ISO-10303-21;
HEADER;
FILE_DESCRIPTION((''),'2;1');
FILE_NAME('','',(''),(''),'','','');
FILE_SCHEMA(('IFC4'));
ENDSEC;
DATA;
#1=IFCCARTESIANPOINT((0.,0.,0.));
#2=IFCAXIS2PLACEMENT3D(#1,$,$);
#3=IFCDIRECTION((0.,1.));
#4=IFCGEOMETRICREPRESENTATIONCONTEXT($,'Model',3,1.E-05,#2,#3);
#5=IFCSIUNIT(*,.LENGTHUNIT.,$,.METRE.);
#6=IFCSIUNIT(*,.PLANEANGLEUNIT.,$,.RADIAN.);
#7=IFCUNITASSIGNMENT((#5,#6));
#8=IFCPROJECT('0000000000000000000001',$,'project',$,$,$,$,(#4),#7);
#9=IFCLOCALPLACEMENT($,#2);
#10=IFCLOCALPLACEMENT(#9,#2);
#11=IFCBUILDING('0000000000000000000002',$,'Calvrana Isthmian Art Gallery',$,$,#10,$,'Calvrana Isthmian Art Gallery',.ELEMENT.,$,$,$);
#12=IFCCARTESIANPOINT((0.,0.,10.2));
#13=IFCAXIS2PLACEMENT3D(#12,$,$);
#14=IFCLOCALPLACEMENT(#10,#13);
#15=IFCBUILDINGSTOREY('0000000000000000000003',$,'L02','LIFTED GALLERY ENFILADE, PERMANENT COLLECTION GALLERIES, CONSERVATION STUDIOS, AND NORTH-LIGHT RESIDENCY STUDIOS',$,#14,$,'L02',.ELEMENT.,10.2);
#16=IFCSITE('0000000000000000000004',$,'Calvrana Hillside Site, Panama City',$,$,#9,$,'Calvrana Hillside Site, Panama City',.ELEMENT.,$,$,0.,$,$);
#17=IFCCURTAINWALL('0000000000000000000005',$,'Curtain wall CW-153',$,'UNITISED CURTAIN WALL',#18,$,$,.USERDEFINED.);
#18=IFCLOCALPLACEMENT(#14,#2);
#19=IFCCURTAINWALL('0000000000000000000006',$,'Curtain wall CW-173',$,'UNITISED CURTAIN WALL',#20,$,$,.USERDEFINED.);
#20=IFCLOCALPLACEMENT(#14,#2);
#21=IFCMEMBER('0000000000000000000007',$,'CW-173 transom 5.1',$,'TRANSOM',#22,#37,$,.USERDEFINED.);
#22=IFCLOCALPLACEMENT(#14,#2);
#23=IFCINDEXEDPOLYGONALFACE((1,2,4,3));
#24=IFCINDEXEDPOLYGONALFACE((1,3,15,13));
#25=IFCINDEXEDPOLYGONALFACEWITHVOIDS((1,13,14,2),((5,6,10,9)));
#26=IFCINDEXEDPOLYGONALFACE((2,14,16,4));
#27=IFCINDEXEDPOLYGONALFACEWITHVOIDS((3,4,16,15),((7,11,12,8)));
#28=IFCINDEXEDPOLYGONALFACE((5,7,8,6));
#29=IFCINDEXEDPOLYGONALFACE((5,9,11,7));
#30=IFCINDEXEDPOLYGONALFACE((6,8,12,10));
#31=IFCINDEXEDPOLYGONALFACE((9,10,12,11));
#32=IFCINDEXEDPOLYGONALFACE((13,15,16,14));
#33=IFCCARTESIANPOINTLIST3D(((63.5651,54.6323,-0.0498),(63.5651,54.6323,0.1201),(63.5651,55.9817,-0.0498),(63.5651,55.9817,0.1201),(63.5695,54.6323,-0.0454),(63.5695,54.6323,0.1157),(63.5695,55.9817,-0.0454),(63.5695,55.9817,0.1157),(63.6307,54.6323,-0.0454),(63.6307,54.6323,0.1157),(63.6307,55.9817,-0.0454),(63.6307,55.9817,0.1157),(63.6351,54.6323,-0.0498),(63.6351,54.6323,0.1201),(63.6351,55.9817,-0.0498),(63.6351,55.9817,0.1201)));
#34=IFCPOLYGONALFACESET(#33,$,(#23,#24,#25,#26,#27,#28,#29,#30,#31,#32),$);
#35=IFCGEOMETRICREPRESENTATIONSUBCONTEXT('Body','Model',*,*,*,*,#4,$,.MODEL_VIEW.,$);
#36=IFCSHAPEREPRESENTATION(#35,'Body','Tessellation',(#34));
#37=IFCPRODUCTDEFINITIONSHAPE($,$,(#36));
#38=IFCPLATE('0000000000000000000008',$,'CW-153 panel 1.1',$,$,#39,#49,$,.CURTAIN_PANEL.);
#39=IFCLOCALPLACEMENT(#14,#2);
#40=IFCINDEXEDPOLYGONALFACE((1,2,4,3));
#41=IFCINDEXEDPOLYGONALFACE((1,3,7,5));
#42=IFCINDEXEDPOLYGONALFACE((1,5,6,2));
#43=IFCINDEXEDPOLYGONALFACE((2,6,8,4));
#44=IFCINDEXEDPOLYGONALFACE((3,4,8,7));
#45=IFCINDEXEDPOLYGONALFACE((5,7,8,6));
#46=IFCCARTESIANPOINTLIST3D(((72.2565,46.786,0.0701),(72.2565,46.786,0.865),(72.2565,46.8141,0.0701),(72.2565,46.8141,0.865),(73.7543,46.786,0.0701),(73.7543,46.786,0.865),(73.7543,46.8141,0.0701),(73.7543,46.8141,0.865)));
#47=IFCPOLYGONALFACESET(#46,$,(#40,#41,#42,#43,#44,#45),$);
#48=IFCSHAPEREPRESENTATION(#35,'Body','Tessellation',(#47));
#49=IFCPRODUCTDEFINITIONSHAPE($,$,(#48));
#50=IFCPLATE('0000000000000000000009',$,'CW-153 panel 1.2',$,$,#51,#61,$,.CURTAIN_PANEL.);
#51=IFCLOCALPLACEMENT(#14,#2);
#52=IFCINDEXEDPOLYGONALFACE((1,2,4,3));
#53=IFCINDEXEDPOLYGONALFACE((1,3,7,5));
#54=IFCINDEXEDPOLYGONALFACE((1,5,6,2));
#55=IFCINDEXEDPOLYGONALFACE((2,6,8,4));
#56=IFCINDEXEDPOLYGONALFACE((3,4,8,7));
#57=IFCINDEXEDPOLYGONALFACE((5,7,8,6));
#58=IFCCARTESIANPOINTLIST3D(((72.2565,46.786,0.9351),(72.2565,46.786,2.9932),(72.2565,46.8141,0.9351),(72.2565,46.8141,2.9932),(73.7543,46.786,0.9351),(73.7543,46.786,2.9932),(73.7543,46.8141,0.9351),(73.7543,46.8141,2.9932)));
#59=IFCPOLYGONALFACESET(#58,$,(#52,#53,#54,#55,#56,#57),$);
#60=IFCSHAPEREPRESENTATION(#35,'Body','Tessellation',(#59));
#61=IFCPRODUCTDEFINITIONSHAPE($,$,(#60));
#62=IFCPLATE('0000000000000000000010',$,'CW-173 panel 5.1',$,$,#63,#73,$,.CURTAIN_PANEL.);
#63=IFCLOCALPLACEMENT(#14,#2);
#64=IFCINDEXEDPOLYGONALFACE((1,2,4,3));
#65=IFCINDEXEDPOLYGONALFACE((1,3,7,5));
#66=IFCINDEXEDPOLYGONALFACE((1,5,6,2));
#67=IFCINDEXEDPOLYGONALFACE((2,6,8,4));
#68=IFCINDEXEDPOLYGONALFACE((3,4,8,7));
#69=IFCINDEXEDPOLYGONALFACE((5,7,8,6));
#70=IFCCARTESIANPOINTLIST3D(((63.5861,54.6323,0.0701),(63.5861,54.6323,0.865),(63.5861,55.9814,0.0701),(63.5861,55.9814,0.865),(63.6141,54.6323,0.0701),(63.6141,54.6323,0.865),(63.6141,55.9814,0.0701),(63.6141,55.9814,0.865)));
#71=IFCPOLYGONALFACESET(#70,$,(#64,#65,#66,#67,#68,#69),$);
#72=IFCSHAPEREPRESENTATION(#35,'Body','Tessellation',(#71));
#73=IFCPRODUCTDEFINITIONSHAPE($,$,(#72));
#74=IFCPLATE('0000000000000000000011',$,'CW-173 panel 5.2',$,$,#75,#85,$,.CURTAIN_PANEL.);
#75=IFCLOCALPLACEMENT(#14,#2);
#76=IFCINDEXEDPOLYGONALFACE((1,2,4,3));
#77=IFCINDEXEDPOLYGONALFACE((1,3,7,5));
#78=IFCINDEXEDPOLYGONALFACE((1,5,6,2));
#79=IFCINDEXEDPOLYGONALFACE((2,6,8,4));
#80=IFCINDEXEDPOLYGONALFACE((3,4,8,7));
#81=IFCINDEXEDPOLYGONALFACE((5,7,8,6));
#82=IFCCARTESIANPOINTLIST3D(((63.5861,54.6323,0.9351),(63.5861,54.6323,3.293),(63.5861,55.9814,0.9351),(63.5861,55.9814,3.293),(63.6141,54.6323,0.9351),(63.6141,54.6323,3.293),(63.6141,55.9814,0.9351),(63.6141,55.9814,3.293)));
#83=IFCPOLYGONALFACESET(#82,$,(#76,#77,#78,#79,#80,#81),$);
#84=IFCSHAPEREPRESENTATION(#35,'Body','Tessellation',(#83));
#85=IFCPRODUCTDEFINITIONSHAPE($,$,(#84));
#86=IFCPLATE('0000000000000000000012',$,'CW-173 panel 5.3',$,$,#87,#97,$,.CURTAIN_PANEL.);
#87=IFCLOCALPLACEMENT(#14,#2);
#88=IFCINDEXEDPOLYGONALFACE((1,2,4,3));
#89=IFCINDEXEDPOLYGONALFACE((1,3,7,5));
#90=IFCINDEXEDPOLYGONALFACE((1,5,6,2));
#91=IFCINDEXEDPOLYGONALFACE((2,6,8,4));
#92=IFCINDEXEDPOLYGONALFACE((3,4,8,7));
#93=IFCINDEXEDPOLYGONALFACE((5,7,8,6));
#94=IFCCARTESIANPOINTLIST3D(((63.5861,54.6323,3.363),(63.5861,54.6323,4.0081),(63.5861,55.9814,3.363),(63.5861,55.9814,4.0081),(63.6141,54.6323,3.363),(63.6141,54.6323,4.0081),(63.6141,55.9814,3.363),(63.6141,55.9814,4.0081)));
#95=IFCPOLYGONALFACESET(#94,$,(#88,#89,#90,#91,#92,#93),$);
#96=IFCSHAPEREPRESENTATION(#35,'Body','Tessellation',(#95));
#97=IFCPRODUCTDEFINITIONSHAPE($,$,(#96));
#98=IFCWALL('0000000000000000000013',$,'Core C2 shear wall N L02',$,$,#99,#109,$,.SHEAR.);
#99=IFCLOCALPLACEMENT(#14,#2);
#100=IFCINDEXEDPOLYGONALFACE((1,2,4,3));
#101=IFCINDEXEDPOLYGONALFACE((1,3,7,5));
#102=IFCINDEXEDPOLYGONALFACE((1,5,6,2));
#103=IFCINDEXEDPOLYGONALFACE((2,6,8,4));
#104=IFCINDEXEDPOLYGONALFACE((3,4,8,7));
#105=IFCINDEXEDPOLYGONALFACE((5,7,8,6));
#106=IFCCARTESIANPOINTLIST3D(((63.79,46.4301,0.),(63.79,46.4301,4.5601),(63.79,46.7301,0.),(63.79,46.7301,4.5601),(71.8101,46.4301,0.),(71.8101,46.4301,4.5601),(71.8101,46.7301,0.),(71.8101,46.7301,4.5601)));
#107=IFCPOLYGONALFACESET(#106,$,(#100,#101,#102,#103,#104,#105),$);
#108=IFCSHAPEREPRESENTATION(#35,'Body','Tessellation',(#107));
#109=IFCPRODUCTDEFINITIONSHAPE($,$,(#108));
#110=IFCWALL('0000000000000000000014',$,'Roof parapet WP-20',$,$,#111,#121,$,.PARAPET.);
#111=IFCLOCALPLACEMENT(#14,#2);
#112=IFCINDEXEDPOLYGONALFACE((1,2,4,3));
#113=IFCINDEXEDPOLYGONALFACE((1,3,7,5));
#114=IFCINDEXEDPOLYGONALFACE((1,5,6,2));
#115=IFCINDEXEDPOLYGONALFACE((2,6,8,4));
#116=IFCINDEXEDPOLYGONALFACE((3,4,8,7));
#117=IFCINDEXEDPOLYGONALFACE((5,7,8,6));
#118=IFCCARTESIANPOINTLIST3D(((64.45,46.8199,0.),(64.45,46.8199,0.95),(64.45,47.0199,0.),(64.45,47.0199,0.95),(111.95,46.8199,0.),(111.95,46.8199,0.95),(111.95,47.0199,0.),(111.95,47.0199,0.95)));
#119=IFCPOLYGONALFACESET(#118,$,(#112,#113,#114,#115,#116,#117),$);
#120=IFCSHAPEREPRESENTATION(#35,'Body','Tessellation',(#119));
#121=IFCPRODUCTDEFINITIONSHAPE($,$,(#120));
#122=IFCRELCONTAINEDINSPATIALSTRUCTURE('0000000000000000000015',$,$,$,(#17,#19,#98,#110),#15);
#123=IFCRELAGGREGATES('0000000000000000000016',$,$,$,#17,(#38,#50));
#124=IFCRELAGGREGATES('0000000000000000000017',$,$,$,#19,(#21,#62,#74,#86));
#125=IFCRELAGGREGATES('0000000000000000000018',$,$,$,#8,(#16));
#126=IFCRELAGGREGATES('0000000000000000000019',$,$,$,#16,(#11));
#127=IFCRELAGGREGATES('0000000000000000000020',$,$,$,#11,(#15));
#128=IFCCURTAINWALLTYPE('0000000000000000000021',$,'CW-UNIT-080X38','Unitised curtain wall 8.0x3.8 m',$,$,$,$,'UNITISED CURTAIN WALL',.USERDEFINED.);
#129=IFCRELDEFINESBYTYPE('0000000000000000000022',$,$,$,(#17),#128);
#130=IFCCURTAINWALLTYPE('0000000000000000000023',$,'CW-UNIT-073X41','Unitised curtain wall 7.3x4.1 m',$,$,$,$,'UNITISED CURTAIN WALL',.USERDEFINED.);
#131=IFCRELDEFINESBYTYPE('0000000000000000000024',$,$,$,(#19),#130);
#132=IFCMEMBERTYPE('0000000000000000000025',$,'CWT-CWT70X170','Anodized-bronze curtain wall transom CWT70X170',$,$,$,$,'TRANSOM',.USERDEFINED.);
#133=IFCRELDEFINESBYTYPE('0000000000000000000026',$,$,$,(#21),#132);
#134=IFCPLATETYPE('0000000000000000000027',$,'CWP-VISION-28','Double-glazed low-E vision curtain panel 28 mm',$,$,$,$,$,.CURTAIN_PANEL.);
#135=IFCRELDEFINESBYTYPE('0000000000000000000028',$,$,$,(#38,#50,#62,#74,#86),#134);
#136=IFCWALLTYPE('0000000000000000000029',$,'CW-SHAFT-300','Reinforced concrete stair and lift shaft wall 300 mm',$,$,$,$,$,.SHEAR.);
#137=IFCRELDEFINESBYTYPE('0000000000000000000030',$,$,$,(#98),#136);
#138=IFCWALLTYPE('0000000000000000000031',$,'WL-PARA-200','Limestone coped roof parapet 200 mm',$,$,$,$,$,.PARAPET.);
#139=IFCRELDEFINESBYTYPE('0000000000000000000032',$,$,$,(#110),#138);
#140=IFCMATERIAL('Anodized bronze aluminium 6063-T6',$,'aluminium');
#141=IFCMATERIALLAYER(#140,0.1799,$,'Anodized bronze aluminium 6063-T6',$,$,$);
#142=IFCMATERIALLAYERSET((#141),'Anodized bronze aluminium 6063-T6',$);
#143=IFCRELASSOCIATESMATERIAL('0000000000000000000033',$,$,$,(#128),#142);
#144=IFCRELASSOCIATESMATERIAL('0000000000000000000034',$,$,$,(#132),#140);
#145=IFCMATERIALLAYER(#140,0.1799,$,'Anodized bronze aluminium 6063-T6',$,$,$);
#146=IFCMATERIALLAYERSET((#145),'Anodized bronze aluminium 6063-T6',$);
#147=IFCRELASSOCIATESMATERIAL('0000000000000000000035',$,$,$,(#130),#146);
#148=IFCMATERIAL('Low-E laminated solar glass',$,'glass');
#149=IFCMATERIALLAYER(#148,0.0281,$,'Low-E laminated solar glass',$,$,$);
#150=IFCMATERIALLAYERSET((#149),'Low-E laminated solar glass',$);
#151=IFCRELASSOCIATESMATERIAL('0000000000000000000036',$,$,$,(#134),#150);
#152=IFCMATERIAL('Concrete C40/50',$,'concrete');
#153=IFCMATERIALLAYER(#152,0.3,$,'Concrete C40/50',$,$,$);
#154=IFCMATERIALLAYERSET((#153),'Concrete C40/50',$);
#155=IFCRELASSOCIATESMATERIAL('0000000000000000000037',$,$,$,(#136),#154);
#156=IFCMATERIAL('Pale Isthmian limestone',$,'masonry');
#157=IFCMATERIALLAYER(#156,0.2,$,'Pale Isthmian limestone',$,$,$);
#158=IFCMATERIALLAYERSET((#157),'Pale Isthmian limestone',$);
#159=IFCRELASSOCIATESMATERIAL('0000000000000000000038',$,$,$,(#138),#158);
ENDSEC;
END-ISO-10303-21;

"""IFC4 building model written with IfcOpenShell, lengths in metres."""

from ifc_helpers import new_model, si_unit, direction, frame, frame_2d, origin, origin_2d, place, context, subcontext, project, spatial, rectangle, hollow_rectangle, extrude, material, layer, layer_set, material_profile, profile_set, type_object, element, aggregate, save


model = new_model("IFC4")

# Units and contexts
model_context = context("Model", 3, precision=1e-05, world=origin(), true_north=direction((0.0, 1.0)))
body_context = subcontext(model_context, "Body", "Model", "MODEL_VIEW")
ifc_project = project(units=[si_unit("LENGTHUNIT", "METRE"), si_unit("PLANEANGLEUNIT", "RADIAN")], contexts=[model_context])

# Site, building, storey
site_placement = place(None, origin())
site = spatial("IfcSite", under=ifc_project, at=site_placement, Name="Calvrana Hillside Site, Panama City", LongName="Calvrana Hillside Site, Panama City", CompositionType="ELEMENT", RefElevation=0.0)
building_placement = place(site_placement, origin())
building = spatial("IfcBuilding", under=site, at=building_placement, Name="Calvrana Isthmian Art Gallery", LongName="Calvrana Isthmian Art Gallery", CompositionType="ELEMENT")
storey_placement = place(building_placement, frame((0.0, 0.0, 10.2)))
storey = spatial("IfcBuildingStorey", under=building, at=storey_placement, Name="L02", Description="LIFTED GALLERY ENFILADE, PERMANENT COLLECTION GALLERIES, CONSERVATION STUDIOS, AND NORTH-LIGHT RESIDENCY STUDIOS", LongName="L02", CompositionType="ELEMENT", Elevation=10.2)

# Curtain wall
ifc_material_1 = material(Name="Anodized bronze aluminium 6063-T6", Category="aluminium")
ifc_layer_1 = layer(ifc_material_1, 0.1799, Name="Anodized bronze aluminium 6063-T6")
ifc_layer_set_1 = layer_set([ifc_layer_1], Name="Anodized bronze aluminium 6063-T6")
curtain_wall_type_1 = type_object("IfcCurtainWallType", Name="CW-UNIT-080X38", Description="Unitised curtain wall 8.0x3.8 m", ElementType="UNITISED CURTAIN WALL", PredefinedType="USERDEFINED", material=ifc_layer_set_1)
curtain_wall_1_placement = place(storey_placement, origin())
curtain_wall_1 = element("IfcCurtainWall", 1, at=curtain_wall_1_placement, inside=storey, type_object=curtain_wall_type_1, Name="Curtain wall CW-153", ObjectType="UNITISED CURTAIN WALL", PredefinedType="USERDEFINED")
ifc_material_profile_1 = material_profile(ifc_material_1, hollow_rectangle(XDim=0.0701, YDim=0.1699, WallThickness=0.0044, at=origin_2d()), Name="CWT70X170")
ifc_profile_set_1 = profile_set([ifc_material_profile_1], Name="Anodized bronze aluminium 6063-T6")
member_type_1 = type_object("IfcMemberType", Name="CWT-CWT70X170", Description="Anodized-bronze curtain wall transom CWT70X170", ElementType="TRANSOM", PredefinedType="USERDEFINED", material=ifc_profile_set_1)

# Curtain wall, member
ifc_layer_2 = layer(ifc_material_1, 0.1799, Name="Anodized bronze aluminium 6063-T6")
ifc_layer_set_2 = layer_set([ifc_layer_2], Name="Anodized bronze aluminium 6063-T6")
curtain_wall_type_2 = type_object("IfcCurtainWallType", Name="CW-UNIT-073X41", Description="Unitised curtain wall 7.3x4.1 m", ElementType="UNITISED CURTAIN WALL", PredefinedType="USERDEFINED", material=ifc_layer_set_2)
curtain_wall_2_placement = place(storey_placement, origin())
curtain_wall_2 = element("IfcCurtainWall", 2, at=curtain_wall_2_placement, inside=storey, type_object=curtain_wall_type_2, Name="Curtain wall CW-173", ObjectType="UNITISED CURTAIN WALL", PredefinedType="USERDEFINED")
member_1_placement = place(storey_placement, frame((63.6001, 55.9817, 0.0352), z_axis=(0.0, -1.0, 0.0), x_axis=(1.0, 0.0, 0.0)))
member_1 = element("IfcMember", 3, at=member_1_placement, type_object=member_type_1, Name="CW-173 transom 5.1", ObjectType="TRANSOM", PredefinedType="USERDEFINED", context=body_context, shape_type="SweptSolid", body=[
    extrude(hollow_rectangle(XDim=0.0701, YDim=0.1699, WallThickness=0.0044, at=origin_2d()), origin(), (0.0, 0.0, 1.0), 1.3494),
])

# Plates
ifc_material_2 = material(Name="Low-E laminated solar glass", Category="glass")
ifc_layer_3 = layer(ifc_material_2, 0.0281, Name="Low-E laminated solar glass")
ifc_layer_set_3 = layer_set([ifc_layer_3], Name="Low-E laminated solar glass")
plate_type = type_object("IfcPlateType", Name="CWP-VISION-28", Description="Double-glazed low-E vision curtain panel 28 mm", PredefinedType="CURTAIN_PANEL", material=ifc_layer_set_3)
plate_1_placement = place(storey_placement, frame((73.0054, 46.8, 0.0701), z_axis=(0.0, 0.0, 1.0), x_axis=(1.0, 0.0, 0.0)))
plate_1 = element("IfcPlate", 4, at=plate_1_placement, type_object=plate_type, Name="CW-153 panel 1.1", PredefinedType="CURTAIN_PANEL", context=body_context, shape_type="SweptSolid", body=[
    extrude(rectangle(XDim=1.4978, YDim=0.0281, at=origin_2d()), origin(), (0.0, 0.0, 1.0), 0.7949),
])
plate_2_placement = place(storey_placement, frame((73.0054, 46.8, 0.9351), z_axis=(0.0, 0.0, 1.0), x_axis=(1.0, 0.0, 0.0)))
plate_2 = element("IfcPlate", 5, at=plate_2_placement, type_object=plate_type, Name="CW-153 panel 1.2", PredefinedType="CURTAIN_PANEL", context=body_context, shape_type="SweptSolid", body=[
    extrude(rectangle(XDim=1.4978, YDim=0.0281, at=origin_2d()), origin(), (0.0, 0.0, 1.0), 2.0581),
])
aggregate(curtain_wall_1, [plate_1, plate_2])
plate_3_placement = place(storey_placement, frame((63.6001, 55.3069, 0.0701), z_axis=(0.0, 0.0, 1.0), x_axis=(0.0, -1.0, 0.0)))
plate_3 = element("IfcPlate", 6, at=plate_3_placement, type_object=plate_type, Name="CW-173 panel 5.1", PredefinedType="CURTAIN_PANEL", context=body_context, shape_type="SweptSolid", body=[
    extrude(rectangle(XDim=1.3491, YDim=0.0281, at=origin_2d()), origin(), (0.0, 0.0, 1.0), 0.7949),
])
plate_4_placement = place(storey_placement, frame((63.6001, 55.3069, 0.9351), z_axis=(0.0, 0.0, 1.0), x_axis=(0.0, -1.0, 0.0)))
plate_4 = element("IfcPlate", 7, at=plate_4_placement, type_object=plate_type, Name="CW-173 panel 5.2", PredefinedType="CURTAIN_PANEL", context=body_context, shape_type="SweptSolid", body=[
    extrude(rectangle(XDim=1.3491, YDim=0.0281, at=origin_2d()), origin(), (0.0, 0.0, 1.0), 2.3579),
])
plate_5_placement = place(storey_placement, frame((63.6001, 55.3069, 3.363), z_axis=(0.0, 0.0, 1.0), x_axis=(0.0, -1.0, 0.0)))
plate_5 = element("IfcPlate", 8, at=plate_5_placement, type_object=plate_type, Name="CW-173 panel 5.3", PredefinedType="CURTAIN_PANEL", context=body_context, shape_type="SweptSolid", body=[
    extrude(rectangle(XDim=1.3491, YDim=0.0281, at=origin_2d()), origin(), (0.0, 0.0, 1.0), 0.645),
])
aggregate(curtain_wall_2, [member_1, plate_3, plate_4, plate_5])

# Walls
ifc_material_3 = material(Name="Concrete C40/50", Category="concrete")
ifc_layer_4 = layer(ifc_material_3, 0.3, Name="Concrete C40/50")
ifc_layer_set_4 = layer_set([ifc_layer_4], Name="Concrete C40/50")
wall_type_1 = type_object("IfcWallType", Name="CW-SHAFT-300", Description="Reinforced concrete stair and lift shaft wall 300 mm", PredefinedType="SHEAR", material=ifc_layer_set_4)
wall_1_placement = place(storey_placement, frame((63.79, 46.5801, 0.0), z_axis=(0.0, 0.0, 1.0), x_axis=(1.0, 0.0, 0.0)))
element("IfcWall", 9, at=wall_1_placement, inside=storey, type_object=wall_type_1, Name="Core C2 shear wall N L02", PredefinedType="SHEAR", context=body_context, shape_type="SweptSolid", body=[
    extrude(rectangle(XDim=8.02, YDim=0.3, at=frame_2d((4.01, 0.0))), origin(), (0.0, 0.0, 1.0), 4.5601),
])
ifc_material_4 = material(Name="Pale Isthmian limestone", Category="masonry")
ifc_layer_5 = layer(ifc_material_4, 0.2, Name="Pale Isthmian limestone")
ifc_layer_set_5 = layer_set([ifc_layer_5], Name="Pale Isthmian limestone")
wall_type_2 = type_object("IfcWallType", Name="WL-PARA-200", Description="Limestone coped roof parapet 200 mm", PredefinedType="PARAPET", material=ifc_layer_set_5)
wall_2_placement = place(storey_placement, frame((64.45, 46.9199, 0.0), z_axis=(0.0, 0.0, 1.0), x_axis=(1.0, 0.0, 0.0)))
element("IfcWall", 10, at=wall_2_placement, inside=storey, type_object=wall_type_2, Name="Roof parapet WP-20", PredefinedType="PARAPET", context=body_context, shape_type="SweptSolid", body=[
    extrude(rectangle(XDim=47.5, YDim=0.2, at=frame_2d((23.75, 0.0))), origin(), (0.0, 0.0, 1.0), 0.95),
])

save(model, "model.ifc")
